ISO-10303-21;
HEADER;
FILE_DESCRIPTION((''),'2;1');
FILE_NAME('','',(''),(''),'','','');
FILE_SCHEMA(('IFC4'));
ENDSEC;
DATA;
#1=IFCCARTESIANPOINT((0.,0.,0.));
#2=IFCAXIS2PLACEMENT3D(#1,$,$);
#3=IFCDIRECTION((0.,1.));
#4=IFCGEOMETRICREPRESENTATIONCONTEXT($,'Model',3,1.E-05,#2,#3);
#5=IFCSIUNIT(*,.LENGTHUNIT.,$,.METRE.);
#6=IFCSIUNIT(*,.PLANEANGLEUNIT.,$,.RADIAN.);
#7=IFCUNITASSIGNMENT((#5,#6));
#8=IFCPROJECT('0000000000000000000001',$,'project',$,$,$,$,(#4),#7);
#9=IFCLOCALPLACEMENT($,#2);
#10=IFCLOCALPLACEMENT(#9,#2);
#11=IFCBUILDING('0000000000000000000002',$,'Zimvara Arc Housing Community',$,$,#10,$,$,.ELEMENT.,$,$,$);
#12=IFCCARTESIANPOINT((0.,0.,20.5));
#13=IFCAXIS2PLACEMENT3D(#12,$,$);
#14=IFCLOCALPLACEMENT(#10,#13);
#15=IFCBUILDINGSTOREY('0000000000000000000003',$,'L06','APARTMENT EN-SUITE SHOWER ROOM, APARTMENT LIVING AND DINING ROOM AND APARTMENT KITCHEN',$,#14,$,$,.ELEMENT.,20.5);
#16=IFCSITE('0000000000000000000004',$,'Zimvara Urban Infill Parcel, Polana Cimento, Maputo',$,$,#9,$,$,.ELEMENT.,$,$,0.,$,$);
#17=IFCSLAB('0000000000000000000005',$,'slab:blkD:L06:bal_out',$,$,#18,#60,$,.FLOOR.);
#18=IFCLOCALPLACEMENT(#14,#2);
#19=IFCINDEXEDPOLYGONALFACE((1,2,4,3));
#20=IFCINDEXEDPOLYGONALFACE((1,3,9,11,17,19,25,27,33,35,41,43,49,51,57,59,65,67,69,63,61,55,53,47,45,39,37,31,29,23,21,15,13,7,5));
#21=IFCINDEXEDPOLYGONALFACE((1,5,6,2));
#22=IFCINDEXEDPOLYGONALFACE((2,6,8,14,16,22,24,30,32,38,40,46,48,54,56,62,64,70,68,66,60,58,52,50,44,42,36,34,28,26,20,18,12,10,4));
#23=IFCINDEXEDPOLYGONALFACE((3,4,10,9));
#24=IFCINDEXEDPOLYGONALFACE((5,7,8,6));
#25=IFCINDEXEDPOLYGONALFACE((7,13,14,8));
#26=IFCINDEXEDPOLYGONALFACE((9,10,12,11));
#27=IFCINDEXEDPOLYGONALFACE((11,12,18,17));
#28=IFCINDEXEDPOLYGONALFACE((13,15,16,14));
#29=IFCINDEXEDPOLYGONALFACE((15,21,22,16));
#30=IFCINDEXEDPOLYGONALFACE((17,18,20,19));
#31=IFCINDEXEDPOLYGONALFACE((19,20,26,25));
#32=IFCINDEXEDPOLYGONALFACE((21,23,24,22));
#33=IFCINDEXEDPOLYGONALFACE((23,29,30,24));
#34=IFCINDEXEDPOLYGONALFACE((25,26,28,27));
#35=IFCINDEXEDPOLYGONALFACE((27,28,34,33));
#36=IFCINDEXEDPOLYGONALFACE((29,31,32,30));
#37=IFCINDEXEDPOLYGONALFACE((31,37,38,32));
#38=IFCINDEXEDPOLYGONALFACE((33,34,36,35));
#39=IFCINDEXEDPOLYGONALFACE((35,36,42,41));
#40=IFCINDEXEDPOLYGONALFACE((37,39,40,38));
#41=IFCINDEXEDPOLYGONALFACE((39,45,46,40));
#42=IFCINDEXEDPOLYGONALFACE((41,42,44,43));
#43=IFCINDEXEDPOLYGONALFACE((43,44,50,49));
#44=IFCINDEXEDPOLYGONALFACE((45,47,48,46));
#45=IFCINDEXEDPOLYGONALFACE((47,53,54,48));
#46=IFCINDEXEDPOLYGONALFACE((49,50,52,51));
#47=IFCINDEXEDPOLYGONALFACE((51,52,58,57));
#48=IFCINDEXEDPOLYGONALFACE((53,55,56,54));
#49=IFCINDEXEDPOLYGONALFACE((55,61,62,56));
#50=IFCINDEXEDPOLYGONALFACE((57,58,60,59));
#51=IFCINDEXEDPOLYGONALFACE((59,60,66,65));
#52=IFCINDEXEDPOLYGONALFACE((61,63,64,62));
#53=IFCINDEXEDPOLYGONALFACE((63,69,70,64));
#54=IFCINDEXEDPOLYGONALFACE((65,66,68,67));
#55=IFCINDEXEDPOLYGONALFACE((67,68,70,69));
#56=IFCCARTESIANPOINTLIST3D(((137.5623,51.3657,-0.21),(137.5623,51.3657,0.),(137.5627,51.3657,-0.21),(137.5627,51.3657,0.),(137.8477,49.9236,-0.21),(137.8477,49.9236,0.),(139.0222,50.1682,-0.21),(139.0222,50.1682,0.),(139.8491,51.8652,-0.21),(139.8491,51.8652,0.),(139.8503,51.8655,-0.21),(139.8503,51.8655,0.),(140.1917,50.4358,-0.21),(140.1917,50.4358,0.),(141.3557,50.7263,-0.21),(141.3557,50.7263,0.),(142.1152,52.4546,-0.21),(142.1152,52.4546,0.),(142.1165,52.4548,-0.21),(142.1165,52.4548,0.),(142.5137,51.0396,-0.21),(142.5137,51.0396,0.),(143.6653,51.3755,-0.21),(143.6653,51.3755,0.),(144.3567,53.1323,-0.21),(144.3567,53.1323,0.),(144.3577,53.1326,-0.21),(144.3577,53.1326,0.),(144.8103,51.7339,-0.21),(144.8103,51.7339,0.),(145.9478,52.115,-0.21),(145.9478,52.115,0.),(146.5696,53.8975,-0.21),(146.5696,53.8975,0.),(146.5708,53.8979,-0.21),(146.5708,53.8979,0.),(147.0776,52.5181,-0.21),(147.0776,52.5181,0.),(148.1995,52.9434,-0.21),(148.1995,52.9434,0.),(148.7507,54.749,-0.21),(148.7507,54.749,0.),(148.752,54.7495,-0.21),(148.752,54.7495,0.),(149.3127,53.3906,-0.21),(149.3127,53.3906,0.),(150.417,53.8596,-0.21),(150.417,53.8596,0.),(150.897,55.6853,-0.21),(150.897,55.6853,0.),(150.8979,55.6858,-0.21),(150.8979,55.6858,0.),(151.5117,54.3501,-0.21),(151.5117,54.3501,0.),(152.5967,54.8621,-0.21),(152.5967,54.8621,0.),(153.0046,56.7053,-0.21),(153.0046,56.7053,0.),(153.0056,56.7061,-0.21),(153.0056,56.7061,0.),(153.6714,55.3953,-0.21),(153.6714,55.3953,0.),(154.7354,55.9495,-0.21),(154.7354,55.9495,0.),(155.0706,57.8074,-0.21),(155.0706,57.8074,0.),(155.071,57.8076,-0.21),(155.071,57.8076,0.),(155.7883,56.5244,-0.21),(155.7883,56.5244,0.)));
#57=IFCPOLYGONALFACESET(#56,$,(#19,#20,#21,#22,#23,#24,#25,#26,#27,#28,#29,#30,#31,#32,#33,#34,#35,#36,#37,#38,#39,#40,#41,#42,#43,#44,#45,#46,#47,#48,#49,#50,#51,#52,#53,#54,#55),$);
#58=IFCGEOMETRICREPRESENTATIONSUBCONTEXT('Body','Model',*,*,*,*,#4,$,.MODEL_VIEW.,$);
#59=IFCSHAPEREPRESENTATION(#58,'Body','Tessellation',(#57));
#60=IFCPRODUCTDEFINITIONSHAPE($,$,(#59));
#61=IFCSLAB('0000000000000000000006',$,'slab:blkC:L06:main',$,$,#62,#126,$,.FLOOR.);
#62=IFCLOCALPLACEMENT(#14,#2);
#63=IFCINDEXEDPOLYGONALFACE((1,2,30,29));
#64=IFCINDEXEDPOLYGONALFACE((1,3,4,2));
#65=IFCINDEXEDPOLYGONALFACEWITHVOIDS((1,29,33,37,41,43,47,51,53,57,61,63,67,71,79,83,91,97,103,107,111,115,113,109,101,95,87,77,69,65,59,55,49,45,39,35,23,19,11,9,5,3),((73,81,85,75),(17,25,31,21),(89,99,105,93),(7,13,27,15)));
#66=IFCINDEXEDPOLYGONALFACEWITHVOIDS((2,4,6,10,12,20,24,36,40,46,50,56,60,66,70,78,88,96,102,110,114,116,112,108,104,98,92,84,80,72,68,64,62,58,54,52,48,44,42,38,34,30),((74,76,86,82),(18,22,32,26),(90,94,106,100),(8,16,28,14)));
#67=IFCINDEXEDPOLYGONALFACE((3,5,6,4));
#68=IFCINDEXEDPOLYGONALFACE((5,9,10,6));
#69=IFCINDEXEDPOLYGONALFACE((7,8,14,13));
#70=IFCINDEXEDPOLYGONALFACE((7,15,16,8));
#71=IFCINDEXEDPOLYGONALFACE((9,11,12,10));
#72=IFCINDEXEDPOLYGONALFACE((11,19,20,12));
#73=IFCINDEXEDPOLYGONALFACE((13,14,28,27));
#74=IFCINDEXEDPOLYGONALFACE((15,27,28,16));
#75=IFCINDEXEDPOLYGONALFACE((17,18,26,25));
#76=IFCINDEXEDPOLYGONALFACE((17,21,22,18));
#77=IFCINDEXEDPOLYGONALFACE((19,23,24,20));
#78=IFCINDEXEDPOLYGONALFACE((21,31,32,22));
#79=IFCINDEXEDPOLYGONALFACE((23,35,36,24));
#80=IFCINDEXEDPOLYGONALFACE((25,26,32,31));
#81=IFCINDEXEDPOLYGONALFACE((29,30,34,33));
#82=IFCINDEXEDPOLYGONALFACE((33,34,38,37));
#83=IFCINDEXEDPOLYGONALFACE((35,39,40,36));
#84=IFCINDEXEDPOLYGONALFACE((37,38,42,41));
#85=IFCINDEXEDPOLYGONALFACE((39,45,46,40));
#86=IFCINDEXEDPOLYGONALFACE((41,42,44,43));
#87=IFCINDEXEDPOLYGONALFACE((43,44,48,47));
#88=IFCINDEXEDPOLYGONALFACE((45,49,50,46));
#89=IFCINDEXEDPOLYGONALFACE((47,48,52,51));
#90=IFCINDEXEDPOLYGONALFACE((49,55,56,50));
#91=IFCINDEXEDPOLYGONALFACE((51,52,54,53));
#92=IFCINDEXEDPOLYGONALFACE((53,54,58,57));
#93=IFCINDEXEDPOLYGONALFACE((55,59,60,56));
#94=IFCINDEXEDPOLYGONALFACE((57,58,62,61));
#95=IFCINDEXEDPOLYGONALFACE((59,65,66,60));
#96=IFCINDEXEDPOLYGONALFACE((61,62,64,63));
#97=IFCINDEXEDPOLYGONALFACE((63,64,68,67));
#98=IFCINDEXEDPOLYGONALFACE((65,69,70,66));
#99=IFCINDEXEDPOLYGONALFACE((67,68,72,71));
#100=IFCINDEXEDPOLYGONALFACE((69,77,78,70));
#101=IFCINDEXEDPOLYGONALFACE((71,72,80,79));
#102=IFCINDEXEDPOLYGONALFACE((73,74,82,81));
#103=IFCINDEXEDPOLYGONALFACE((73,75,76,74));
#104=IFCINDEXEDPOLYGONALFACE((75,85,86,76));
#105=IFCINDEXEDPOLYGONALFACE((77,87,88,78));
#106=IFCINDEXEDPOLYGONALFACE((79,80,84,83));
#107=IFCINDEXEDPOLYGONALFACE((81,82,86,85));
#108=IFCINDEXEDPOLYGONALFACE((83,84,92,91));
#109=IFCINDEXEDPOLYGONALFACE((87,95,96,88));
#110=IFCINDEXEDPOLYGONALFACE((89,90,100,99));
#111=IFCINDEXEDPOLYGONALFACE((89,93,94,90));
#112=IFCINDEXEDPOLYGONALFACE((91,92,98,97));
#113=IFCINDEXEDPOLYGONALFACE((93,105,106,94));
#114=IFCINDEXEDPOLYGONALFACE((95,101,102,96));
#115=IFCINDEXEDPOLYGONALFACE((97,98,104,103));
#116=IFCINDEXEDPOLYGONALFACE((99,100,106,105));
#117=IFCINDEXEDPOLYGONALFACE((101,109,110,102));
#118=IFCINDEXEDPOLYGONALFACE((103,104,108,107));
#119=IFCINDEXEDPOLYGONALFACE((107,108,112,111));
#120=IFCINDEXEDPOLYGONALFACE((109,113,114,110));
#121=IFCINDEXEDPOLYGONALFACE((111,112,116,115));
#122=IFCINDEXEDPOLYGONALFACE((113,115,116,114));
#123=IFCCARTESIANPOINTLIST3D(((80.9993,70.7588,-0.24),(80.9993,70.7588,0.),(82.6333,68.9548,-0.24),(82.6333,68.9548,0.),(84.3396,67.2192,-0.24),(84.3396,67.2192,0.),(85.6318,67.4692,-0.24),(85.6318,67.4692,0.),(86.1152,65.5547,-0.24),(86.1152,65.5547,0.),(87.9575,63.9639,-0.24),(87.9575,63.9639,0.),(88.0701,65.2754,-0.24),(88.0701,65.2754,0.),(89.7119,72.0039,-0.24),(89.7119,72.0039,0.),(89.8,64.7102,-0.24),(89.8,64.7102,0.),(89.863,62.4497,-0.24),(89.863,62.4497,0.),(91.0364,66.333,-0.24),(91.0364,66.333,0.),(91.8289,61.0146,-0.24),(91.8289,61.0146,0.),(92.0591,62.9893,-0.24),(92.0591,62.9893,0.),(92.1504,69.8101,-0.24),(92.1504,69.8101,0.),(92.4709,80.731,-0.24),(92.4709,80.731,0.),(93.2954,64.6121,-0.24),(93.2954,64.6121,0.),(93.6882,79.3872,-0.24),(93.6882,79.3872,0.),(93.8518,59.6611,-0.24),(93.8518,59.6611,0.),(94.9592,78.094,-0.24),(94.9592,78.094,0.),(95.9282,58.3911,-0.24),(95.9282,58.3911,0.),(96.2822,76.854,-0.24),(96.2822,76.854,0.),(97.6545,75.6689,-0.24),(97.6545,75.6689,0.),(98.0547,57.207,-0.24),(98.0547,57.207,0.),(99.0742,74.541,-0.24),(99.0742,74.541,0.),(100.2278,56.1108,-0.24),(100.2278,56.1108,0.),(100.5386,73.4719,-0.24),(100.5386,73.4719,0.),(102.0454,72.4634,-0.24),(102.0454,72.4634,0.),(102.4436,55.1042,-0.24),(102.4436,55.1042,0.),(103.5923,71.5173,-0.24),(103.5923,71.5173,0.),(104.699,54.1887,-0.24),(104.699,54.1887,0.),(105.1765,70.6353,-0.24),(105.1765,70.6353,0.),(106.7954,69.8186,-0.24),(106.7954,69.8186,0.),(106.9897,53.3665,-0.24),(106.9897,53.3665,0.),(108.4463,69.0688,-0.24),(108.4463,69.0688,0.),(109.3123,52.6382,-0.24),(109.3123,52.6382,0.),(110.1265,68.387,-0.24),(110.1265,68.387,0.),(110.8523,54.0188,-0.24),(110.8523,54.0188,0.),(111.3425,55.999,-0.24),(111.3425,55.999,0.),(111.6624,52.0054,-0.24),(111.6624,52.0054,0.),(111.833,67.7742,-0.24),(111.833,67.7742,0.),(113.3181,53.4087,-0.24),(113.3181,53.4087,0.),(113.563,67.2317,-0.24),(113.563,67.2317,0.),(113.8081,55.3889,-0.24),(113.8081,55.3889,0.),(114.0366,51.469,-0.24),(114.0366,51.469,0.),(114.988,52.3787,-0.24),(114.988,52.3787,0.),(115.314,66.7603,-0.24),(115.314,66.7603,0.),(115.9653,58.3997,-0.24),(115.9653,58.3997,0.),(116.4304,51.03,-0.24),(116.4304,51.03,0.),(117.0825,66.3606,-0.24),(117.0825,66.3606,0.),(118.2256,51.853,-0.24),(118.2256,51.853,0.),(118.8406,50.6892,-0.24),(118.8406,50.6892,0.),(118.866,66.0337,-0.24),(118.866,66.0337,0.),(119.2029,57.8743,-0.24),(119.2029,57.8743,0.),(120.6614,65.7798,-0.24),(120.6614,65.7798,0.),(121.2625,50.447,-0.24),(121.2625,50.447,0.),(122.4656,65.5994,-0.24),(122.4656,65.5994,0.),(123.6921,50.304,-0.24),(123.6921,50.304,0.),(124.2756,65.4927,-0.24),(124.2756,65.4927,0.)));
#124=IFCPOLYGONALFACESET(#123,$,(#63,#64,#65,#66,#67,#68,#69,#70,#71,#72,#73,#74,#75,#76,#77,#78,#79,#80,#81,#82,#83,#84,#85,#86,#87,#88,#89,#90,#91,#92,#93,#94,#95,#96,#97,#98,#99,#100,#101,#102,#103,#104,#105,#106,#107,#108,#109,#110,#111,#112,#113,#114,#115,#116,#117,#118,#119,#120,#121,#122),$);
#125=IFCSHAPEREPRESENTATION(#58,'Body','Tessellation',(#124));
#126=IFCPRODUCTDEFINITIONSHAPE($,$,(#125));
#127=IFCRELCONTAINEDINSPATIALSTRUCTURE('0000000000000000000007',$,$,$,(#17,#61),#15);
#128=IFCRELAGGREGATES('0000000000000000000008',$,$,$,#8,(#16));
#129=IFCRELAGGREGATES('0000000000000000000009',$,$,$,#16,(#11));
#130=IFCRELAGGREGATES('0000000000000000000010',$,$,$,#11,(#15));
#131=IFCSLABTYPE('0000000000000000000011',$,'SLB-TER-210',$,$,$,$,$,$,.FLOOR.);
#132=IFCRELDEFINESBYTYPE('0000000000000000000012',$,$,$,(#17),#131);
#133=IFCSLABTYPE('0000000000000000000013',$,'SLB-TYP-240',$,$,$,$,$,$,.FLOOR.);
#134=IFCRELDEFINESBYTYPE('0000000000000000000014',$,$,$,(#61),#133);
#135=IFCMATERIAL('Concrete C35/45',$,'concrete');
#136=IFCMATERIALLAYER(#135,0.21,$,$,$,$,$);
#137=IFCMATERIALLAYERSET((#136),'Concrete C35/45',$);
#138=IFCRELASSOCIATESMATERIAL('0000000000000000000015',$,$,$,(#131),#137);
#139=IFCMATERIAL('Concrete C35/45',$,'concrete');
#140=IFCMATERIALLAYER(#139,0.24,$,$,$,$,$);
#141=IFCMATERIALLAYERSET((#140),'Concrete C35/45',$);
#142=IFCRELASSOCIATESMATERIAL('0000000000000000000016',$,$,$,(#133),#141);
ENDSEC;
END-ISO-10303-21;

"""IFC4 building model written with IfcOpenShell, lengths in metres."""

from ifc_helpers import new_model, si_unit, direction, frame, origin, place, context, subcontext, project, spatial, polyline, outline, extrude, material, layer, layer_set, type_object, element, save


model = new_model("IFC4")

# Units and contexts
model_context = context("Model", 3, precision=1e-05, world=origin(), true_north=direction((0.0, 1.0)))
body_context = subcontext(model_context, "Body", "Model", "MODEL_VIEW")
ifc_project = project(units=[si_unit("LENGTHUNIT", "METRE"), si_unit("PLANEANGLEUNIT", "RADIAN")], contexts=[model_context])

# Site, building, storey
site_placement = place(None, origin())
site = spatial("IfcSite", under=ifc_project, at=site_placement, Name="Zimvara Urban Infill Parcel, Polana Cimento, Maputo", CompositionType="ELEMENT", RefElevation=0.0)
building_placement = place(site_placement, origin())
building = spatial("IfcBuilding", under=site, at=building_placement, Name="Zimvara Arc Housing Community", CompositionType="ELEMENT")
storey_placement = place(building_placement, frame((0.0, 0.0, 20.5)))
storey = spatial("IfcBuildingStorey", under=building, at=storey_placement, Name="L06", Description="APARTMENT EN-SUITE SHOWER ROOM, APARTMENT LIVING AND DINING ROOM AND APARTMENT KITCHEN", CompositionType="ELEMENT", Elevation=20.5)

# Slabs
ifc_material_1 = material(Name="Concrete C35/45", Category="concrete")
ifc_layer_1 = layer(ifc_material_1, 0.21)
ifc_layer_set_1 = layer_set([ifc_layer_1], Name="Concrete C35/45")
slab_type_1 = type_object("IfcSlabType", Name="SLB-TER-210", PredefinedType="FLOOR", material=ifc_layer_set_1)
slab_1_placement = place(storey_placement, frame((0.0, 0.0, -0.21)))
element("IfcSlab", 1, at=slab_1_placement, inside=storey, type_object=slab_type_1, Name="slab:blkD:L06:bal_out", PredefinedType="FLOOR", context=body_context, shape_type="SweptSolid", body=[
    extrude(outline(polyline([(155.071, 57.8076), (155.0706, 57.8074), (153.0056, 56.7061), (153.0046, 56.7053), (150.8979, 55.6858), (150.897, 55.6853), (148.752, 54.7495), (148.7507, 54.749), (146.5708, 53.8979), (146.5696, 53.8975), (144.3577, 53.1326), (144.3567, 53.1323), (142.1165, 52.4548), (142.1152, 52.4546), (139.8503, 51.8655), (139.8491, 51.8652), (137.5627, 51.3657), (137.5623, 51.3657), (137.8477, 49.9236), (139.0222, 50.1682), (140.1917, 50.4358), (141.3557, 50.7263), (142.5137, 51.0396), (143.6653, 51.3755), (144.8103, 51.7339), (145.9478, 52.115), (147.0776, 52.5181), (148.1995, 52.9434), (149.3127, 53.3906), (150.417, 53.8596), (151.5117, 54.3501), (152.5967, 54.8621), (153.6714, 55.3953), (154.7354, 55.9495), (155.7883, 56.5244), (155.071, 57.8076)])), origin(), (0.0, 0.0, 1.0), 0.21),
])
ifc_material_2 = material(Name="Concrete C35/45", Category="concrete")
ifc_layer_2 = layer(ifc_material_2, 0.24)
ifc_layer_set_2 = layer_set([ifc_layer_2], Name="Concrete C35/45")
slab_type_2 = type_object("IfcSlabType", Name="SLB-TYP-240", PredefinedType="FLOOR", material=ifc_layer_set_2)
slab_2_placement = place(storey_placement, frame((0.0, 0.0, -0.24)))
element("IfcSlab", 2, at=slab_2_placement, inside=storey, type_object=slab_type_2, Name="slab:blkC:L06:main", PredefinedType="FLOOR", context=body_context, shape_type="SweptSolid", body=[
    extrude(outline(polyline([(80.9993, 70.7588), (82.6333, 68.9548), (84.3396, 67.2192), (86.1152, 65.5547), (87.9575, 63.9639), (89.863, 62.4497), (91.8289, 61.0146), (93.8518, 59.6611), (95.9282, 58.3911), (98.0547, 57.207), (100.2278, 56.1108), (102.4436, 55.1042), (104.699, 54.1887), (106.9897, 53.3665), (109.3123, 52.6382), (111.6624, 52.0054), (114.0366, 51.469), (116.4304, 51.03), (118.8406, 50.6892), (121.2625, 50.447), (123.6921, 50.304), (124.2756, 65.4927), (122.4656, 65.5994), (120.6614, 65.7798), (118.866, 66.0337), (117.0825, 66.3606), (115.314, 66.7603), (113.563, 67.2317), (111.833, 67.7742), (110.1265, 68.387), (108.4463, 69.0688), (106.7954, 69.8186), (105.1765, 70.6353), (103.5923, 71.5173), (102.0454, 72.4634), (100.5386, 73.4719), (99.0742, 74.541), (97.6545, 75.6689), (96.2822, 76.854), (94.9592, 78.094), (93.6882, 79.3872), (92.4709, 80.731), (80.9993, 70.7588)]), holes=[polyline([(92.1504, 69.8101), (88.0701, 65.2754), (85.6318, 67.4692), (89.7119, 72.0039), (92.1504, 69.8101)]), polyline([(119.2029, 57.8743), (118.2256, 51.853), (114.988, 52.3787), (115.9653, 58.3997), (119.2029, 57.8743)]), polyline([(93.2954, 64.6121), (92.0591, 62.9893), (89.8, 64.7102), (91.0364, 66.333), (93.2954, 64.6121)]), polyline([(113.8081, 55.3889), (113.3181, 53.4087), (110.8523, 54.0188), (111.3425, 55.999), (113.8081, 55.3889)])]), origin(), (0.0, 0.0, 1.0), 0.24),
])

save(model, "model.ifc")
